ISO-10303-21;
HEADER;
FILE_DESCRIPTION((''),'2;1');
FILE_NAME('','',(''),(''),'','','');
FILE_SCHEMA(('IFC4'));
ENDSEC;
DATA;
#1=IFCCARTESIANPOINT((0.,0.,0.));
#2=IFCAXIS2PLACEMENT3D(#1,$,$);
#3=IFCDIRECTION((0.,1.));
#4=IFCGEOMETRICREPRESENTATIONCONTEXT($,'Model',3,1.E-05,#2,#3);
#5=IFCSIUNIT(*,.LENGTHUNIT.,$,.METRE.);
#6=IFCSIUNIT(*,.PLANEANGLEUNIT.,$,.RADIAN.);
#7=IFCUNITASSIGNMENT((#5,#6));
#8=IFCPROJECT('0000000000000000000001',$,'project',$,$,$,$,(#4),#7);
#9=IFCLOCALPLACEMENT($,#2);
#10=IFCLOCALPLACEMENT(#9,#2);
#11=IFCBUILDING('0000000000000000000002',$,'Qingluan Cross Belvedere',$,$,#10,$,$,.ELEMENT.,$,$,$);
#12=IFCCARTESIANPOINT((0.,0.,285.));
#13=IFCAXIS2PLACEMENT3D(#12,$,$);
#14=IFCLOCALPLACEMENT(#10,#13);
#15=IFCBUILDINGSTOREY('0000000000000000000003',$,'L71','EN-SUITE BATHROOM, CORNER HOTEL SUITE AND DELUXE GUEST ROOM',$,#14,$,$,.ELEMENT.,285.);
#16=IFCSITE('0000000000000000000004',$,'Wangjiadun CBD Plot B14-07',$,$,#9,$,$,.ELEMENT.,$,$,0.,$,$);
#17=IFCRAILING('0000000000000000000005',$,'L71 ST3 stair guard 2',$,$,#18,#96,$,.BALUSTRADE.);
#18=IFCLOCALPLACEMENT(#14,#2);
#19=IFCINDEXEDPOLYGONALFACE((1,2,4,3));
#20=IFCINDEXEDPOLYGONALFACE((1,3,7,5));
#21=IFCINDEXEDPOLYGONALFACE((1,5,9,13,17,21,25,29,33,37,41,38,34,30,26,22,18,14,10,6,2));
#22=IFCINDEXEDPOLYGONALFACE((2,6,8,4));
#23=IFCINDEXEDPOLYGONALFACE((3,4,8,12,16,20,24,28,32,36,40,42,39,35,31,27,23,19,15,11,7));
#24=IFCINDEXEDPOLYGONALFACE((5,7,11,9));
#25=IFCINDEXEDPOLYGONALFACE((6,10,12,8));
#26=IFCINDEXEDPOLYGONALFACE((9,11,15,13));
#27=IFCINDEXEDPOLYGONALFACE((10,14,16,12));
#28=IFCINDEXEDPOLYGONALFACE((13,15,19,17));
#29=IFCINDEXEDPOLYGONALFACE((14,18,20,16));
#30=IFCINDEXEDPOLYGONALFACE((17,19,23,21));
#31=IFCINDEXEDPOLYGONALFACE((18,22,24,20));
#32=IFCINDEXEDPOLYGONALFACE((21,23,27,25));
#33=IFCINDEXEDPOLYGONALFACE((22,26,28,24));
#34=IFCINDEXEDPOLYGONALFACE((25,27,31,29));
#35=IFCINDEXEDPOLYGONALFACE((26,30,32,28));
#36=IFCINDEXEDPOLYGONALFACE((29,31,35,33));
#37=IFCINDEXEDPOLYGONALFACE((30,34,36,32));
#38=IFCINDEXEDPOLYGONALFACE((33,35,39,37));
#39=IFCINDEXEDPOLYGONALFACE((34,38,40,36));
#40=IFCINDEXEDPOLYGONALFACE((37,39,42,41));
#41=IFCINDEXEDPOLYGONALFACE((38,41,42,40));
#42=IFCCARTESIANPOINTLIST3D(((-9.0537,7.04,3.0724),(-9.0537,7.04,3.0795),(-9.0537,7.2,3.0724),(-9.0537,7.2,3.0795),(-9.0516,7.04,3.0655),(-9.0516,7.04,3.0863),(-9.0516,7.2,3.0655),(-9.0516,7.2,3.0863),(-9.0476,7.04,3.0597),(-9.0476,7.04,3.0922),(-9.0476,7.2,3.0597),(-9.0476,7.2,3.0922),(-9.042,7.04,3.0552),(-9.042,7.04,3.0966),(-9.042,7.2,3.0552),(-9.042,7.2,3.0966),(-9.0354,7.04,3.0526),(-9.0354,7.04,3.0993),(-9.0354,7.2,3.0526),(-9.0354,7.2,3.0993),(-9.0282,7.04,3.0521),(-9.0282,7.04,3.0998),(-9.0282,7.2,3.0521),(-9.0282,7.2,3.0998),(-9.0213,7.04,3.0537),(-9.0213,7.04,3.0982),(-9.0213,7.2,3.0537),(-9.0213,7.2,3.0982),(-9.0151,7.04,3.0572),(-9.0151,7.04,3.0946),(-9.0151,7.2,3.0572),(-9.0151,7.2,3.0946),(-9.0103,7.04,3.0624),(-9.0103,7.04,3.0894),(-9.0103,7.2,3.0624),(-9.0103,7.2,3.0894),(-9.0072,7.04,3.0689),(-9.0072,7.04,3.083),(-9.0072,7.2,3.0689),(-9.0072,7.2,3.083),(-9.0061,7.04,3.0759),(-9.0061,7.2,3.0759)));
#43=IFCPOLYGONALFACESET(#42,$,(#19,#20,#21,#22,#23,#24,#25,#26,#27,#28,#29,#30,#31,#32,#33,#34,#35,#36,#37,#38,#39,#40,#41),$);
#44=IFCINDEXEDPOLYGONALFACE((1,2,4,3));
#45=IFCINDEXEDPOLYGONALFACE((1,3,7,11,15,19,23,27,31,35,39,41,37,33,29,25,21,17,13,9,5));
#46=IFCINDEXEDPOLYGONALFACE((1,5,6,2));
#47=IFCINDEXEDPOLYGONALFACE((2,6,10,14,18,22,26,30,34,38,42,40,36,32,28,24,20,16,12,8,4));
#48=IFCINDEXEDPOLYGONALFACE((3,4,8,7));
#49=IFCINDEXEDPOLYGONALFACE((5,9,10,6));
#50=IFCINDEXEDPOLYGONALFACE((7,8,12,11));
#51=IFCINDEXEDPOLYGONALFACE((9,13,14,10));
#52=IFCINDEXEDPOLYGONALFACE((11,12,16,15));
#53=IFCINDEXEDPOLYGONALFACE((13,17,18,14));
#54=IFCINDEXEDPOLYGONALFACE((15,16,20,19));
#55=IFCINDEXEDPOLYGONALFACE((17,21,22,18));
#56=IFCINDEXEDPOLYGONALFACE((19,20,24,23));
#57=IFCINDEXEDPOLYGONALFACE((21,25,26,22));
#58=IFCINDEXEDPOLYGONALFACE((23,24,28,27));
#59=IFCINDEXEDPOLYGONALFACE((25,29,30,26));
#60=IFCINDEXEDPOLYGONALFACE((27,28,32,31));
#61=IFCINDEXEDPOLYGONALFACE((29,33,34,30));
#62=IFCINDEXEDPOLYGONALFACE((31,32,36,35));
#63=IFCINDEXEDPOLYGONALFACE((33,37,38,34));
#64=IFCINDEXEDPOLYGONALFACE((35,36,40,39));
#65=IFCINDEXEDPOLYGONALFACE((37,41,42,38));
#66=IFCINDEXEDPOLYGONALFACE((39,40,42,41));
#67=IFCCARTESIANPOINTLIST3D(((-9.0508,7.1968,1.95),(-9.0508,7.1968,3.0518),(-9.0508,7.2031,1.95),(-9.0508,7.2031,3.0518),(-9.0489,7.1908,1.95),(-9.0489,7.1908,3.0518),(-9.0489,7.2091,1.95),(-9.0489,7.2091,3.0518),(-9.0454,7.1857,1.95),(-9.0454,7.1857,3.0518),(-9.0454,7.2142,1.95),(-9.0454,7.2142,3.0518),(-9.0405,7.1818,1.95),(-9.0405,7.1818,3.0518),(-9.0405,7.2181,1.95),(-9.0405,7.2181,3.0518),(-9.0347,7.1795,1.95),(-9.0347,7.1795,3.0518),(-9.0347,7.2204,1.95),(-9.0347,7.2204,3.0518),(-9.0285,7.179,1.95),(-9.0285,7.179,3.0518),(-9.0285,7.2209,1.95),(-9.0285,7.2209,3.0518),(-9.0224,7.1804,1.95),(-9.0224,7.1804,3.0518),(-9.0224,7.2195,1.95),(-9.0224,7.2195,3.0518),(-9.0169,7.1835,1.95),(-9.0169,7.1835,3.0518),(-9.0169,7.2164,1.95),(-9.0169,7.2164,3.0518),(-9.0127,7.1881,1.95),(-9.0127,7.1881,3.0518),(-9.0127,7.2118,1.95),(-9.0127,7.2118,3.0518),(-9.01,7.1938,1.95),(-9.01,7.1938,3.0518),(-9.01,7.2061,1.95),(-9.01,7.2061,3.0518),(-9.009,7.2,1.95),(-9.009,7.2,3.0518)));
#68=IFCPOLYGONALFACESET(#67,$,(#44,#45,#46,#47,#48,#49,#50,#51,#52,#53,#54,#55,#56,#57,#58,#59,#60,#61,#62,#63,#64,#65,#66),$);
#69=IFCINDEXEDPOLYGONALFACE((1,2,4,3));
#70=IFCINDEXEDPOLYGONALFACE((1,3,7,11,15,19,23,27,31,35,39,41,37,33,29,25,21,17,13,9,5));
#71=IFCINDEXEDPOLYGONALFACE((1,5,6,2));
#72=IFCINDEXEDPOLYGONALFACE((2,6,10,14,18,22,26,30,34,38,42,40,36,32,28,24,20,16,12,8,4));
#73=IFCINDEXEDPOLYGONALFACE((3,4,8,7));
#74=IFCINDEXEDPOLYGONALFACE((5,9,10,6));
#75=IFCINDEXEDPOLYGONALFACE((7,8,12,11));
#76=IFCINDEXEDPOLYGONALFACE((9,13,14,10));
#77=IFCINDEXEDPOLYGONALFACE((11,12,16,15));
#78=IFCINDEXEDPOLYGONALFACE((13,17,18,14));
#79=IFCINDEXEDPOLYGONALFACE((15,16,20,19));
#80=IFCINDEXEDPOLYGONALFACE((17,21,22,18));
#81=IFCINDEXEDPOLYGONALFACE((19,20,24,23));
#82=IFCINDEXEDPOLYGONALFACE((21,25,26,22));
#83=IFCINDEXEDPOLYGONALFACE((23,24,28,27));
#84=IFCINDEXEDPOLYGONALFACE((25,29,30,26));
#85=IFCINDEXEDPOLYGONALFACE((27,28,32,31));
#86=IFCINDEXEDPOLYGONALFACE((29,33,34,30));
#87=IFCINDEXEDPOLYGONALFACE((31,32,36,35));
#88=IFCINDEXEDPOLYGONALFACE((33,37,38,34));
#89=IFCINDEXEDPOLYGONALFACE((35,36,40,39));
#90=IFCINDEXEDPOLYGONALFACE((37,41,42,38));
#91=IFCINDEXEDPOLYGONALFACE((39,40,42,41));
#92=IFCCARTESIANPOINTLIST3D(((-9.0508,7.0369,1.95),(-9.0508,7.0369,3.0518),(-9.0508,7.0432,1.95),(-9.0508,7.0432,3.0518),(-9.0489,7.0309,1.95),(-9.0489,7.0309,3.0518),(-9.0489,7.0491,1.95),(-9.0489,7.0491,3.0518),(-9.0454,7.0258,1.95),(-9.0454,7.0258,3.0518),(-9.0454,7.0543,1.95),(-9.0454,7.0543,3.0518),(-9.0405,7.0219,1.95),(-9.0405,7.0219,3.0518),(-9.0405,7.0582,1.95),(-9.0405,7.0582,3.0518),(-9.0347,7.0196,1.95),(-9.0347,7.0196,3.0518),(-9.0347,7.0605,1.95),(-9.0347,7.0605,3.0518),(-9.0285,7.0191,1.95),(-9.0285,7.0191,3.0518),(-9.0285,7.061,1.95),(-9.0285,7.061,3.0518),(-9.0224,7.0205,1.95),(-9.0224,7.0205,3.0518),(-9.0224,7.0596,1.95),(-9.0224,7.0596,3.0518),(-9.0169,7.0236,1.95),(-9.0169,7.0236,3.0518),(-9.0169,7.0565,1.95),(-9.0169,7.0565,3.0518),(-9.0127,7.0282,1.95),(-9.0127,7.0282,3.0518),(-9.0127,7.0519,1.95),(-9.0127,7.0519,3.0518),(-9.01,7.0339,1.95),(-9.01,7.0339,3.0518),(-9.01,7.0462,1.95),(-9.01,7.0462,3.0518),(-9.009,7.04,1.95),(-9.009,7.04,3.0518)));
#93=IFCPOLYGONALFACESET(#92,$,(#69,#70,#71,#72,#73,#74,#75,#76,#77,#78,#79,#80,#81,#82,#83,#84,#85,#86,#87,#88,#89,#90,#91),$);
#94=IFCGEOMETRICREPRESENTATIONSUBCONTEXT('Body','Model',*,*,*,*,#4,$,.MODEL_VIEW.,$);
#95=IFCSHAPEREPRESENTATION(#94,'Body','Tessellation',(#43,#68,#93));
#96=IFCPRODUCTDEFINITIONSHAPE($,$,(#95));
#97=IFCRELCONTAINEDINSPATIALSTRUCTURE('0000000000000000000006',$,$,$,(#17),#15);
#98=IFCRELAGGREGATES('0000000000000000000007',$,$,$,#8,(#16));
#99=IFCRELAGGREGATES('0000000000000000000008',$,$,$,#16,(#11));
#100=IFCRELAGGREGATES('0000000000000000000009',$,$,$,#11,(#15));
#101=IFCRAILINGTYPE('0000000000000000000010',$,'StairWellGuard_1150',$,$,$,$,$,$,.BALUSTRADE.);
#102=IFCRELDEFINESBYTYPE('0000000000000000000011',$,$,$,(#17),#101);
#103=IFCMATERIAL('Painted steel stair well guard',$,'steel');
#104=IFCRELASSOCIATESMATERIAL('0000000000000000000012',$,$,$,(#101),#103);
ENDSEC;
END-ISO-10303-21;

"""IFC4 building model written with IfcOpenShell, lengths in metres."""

from ifc_helpers import new_model, si_unit, direction, frame, origin, origin_2d, place, context, subcontext, project, spatial, circle, extrude, material, type_object, element, save


model = new_model("IFC4")

# Units and contexts
model_context = context("Model", 3, precision=1e-05, world=origin(), true_north=direction((0.0, 1.0)))
body_context = subcontext(model_context, "Body", "Model", "MODEL_VIEW")
ifc_project = project(units=[si_unit("LENGTHUNIT", "METRE"), si_unit("PLANEANGLEUNIT", "RADIAN")], contexts=[model_context])

# Site, building, storey
site_placement = place(None, origin())
site = spatial("IfcSite", under=ifc_project, at=site_placement, Name="Wangjiadun CBD Plot B14-07", CompositionType="ELEMENT", RefElevation=0.0)
building_placement = place(site_placement, origin())
building = spatial("IfcBuilding", under=site, at=building_placement, Name="Qingluan Cross Belvedere", CompositionType="ELEMENT")
storey_placement = place(building_placement, frame((0.0, 0.0, 285.0)))
storey = spatial("IfcBuildingStorey", under=building, at=storey_placement, Name="L71", Description="EN-SUITE BATHROOM, CORNER HOTEL SUITE AND DELUXE GUEST ROOM", CompositionType="ELEMENT", Elevation=285.0)

# Railing
ifc_material_1 = material(Name="Painted steel stair well guard", Category="steel")
railing_type_1 = type_object("IfcRailingType", Name="StairWellGuard_1150", PredefinedType="BALUSTRADE", material=ifc_material_1)
railing_1_placement = place(storey_placement, frame((-9.03, 7.2, 1.95)))
element("IfcRailing", 1, at=railing_1_placement, inside=storey, type_object=railing_type_1, Name="L71 ST3 stair guard 2", PredefinedType="BALUSTRADE", context=body_context, shape_type="SweptSolid", body=[
    extrude(circle(Radius=0.0239, at=origin_2d()), frame((0.0, 0.0, 1.126), z_axis=(0.0, -1.0, 0.0), x_axis=(1.0, 0.0, 0.0)), (0.0, 0.0, 1.0), 0.1599),
    extrude(circle(Radius=0.021, at=origin_2d()), origin(), (0.0, 0.0, 1.0), 1.1018),
    extrude(circle(Radius=0.021, at=origin_2d()), frame((0.0, -0.1599, 0.0)), (0.0, 0.0, 1.0), 1.1018),
])

save(model, "model.ifc")
